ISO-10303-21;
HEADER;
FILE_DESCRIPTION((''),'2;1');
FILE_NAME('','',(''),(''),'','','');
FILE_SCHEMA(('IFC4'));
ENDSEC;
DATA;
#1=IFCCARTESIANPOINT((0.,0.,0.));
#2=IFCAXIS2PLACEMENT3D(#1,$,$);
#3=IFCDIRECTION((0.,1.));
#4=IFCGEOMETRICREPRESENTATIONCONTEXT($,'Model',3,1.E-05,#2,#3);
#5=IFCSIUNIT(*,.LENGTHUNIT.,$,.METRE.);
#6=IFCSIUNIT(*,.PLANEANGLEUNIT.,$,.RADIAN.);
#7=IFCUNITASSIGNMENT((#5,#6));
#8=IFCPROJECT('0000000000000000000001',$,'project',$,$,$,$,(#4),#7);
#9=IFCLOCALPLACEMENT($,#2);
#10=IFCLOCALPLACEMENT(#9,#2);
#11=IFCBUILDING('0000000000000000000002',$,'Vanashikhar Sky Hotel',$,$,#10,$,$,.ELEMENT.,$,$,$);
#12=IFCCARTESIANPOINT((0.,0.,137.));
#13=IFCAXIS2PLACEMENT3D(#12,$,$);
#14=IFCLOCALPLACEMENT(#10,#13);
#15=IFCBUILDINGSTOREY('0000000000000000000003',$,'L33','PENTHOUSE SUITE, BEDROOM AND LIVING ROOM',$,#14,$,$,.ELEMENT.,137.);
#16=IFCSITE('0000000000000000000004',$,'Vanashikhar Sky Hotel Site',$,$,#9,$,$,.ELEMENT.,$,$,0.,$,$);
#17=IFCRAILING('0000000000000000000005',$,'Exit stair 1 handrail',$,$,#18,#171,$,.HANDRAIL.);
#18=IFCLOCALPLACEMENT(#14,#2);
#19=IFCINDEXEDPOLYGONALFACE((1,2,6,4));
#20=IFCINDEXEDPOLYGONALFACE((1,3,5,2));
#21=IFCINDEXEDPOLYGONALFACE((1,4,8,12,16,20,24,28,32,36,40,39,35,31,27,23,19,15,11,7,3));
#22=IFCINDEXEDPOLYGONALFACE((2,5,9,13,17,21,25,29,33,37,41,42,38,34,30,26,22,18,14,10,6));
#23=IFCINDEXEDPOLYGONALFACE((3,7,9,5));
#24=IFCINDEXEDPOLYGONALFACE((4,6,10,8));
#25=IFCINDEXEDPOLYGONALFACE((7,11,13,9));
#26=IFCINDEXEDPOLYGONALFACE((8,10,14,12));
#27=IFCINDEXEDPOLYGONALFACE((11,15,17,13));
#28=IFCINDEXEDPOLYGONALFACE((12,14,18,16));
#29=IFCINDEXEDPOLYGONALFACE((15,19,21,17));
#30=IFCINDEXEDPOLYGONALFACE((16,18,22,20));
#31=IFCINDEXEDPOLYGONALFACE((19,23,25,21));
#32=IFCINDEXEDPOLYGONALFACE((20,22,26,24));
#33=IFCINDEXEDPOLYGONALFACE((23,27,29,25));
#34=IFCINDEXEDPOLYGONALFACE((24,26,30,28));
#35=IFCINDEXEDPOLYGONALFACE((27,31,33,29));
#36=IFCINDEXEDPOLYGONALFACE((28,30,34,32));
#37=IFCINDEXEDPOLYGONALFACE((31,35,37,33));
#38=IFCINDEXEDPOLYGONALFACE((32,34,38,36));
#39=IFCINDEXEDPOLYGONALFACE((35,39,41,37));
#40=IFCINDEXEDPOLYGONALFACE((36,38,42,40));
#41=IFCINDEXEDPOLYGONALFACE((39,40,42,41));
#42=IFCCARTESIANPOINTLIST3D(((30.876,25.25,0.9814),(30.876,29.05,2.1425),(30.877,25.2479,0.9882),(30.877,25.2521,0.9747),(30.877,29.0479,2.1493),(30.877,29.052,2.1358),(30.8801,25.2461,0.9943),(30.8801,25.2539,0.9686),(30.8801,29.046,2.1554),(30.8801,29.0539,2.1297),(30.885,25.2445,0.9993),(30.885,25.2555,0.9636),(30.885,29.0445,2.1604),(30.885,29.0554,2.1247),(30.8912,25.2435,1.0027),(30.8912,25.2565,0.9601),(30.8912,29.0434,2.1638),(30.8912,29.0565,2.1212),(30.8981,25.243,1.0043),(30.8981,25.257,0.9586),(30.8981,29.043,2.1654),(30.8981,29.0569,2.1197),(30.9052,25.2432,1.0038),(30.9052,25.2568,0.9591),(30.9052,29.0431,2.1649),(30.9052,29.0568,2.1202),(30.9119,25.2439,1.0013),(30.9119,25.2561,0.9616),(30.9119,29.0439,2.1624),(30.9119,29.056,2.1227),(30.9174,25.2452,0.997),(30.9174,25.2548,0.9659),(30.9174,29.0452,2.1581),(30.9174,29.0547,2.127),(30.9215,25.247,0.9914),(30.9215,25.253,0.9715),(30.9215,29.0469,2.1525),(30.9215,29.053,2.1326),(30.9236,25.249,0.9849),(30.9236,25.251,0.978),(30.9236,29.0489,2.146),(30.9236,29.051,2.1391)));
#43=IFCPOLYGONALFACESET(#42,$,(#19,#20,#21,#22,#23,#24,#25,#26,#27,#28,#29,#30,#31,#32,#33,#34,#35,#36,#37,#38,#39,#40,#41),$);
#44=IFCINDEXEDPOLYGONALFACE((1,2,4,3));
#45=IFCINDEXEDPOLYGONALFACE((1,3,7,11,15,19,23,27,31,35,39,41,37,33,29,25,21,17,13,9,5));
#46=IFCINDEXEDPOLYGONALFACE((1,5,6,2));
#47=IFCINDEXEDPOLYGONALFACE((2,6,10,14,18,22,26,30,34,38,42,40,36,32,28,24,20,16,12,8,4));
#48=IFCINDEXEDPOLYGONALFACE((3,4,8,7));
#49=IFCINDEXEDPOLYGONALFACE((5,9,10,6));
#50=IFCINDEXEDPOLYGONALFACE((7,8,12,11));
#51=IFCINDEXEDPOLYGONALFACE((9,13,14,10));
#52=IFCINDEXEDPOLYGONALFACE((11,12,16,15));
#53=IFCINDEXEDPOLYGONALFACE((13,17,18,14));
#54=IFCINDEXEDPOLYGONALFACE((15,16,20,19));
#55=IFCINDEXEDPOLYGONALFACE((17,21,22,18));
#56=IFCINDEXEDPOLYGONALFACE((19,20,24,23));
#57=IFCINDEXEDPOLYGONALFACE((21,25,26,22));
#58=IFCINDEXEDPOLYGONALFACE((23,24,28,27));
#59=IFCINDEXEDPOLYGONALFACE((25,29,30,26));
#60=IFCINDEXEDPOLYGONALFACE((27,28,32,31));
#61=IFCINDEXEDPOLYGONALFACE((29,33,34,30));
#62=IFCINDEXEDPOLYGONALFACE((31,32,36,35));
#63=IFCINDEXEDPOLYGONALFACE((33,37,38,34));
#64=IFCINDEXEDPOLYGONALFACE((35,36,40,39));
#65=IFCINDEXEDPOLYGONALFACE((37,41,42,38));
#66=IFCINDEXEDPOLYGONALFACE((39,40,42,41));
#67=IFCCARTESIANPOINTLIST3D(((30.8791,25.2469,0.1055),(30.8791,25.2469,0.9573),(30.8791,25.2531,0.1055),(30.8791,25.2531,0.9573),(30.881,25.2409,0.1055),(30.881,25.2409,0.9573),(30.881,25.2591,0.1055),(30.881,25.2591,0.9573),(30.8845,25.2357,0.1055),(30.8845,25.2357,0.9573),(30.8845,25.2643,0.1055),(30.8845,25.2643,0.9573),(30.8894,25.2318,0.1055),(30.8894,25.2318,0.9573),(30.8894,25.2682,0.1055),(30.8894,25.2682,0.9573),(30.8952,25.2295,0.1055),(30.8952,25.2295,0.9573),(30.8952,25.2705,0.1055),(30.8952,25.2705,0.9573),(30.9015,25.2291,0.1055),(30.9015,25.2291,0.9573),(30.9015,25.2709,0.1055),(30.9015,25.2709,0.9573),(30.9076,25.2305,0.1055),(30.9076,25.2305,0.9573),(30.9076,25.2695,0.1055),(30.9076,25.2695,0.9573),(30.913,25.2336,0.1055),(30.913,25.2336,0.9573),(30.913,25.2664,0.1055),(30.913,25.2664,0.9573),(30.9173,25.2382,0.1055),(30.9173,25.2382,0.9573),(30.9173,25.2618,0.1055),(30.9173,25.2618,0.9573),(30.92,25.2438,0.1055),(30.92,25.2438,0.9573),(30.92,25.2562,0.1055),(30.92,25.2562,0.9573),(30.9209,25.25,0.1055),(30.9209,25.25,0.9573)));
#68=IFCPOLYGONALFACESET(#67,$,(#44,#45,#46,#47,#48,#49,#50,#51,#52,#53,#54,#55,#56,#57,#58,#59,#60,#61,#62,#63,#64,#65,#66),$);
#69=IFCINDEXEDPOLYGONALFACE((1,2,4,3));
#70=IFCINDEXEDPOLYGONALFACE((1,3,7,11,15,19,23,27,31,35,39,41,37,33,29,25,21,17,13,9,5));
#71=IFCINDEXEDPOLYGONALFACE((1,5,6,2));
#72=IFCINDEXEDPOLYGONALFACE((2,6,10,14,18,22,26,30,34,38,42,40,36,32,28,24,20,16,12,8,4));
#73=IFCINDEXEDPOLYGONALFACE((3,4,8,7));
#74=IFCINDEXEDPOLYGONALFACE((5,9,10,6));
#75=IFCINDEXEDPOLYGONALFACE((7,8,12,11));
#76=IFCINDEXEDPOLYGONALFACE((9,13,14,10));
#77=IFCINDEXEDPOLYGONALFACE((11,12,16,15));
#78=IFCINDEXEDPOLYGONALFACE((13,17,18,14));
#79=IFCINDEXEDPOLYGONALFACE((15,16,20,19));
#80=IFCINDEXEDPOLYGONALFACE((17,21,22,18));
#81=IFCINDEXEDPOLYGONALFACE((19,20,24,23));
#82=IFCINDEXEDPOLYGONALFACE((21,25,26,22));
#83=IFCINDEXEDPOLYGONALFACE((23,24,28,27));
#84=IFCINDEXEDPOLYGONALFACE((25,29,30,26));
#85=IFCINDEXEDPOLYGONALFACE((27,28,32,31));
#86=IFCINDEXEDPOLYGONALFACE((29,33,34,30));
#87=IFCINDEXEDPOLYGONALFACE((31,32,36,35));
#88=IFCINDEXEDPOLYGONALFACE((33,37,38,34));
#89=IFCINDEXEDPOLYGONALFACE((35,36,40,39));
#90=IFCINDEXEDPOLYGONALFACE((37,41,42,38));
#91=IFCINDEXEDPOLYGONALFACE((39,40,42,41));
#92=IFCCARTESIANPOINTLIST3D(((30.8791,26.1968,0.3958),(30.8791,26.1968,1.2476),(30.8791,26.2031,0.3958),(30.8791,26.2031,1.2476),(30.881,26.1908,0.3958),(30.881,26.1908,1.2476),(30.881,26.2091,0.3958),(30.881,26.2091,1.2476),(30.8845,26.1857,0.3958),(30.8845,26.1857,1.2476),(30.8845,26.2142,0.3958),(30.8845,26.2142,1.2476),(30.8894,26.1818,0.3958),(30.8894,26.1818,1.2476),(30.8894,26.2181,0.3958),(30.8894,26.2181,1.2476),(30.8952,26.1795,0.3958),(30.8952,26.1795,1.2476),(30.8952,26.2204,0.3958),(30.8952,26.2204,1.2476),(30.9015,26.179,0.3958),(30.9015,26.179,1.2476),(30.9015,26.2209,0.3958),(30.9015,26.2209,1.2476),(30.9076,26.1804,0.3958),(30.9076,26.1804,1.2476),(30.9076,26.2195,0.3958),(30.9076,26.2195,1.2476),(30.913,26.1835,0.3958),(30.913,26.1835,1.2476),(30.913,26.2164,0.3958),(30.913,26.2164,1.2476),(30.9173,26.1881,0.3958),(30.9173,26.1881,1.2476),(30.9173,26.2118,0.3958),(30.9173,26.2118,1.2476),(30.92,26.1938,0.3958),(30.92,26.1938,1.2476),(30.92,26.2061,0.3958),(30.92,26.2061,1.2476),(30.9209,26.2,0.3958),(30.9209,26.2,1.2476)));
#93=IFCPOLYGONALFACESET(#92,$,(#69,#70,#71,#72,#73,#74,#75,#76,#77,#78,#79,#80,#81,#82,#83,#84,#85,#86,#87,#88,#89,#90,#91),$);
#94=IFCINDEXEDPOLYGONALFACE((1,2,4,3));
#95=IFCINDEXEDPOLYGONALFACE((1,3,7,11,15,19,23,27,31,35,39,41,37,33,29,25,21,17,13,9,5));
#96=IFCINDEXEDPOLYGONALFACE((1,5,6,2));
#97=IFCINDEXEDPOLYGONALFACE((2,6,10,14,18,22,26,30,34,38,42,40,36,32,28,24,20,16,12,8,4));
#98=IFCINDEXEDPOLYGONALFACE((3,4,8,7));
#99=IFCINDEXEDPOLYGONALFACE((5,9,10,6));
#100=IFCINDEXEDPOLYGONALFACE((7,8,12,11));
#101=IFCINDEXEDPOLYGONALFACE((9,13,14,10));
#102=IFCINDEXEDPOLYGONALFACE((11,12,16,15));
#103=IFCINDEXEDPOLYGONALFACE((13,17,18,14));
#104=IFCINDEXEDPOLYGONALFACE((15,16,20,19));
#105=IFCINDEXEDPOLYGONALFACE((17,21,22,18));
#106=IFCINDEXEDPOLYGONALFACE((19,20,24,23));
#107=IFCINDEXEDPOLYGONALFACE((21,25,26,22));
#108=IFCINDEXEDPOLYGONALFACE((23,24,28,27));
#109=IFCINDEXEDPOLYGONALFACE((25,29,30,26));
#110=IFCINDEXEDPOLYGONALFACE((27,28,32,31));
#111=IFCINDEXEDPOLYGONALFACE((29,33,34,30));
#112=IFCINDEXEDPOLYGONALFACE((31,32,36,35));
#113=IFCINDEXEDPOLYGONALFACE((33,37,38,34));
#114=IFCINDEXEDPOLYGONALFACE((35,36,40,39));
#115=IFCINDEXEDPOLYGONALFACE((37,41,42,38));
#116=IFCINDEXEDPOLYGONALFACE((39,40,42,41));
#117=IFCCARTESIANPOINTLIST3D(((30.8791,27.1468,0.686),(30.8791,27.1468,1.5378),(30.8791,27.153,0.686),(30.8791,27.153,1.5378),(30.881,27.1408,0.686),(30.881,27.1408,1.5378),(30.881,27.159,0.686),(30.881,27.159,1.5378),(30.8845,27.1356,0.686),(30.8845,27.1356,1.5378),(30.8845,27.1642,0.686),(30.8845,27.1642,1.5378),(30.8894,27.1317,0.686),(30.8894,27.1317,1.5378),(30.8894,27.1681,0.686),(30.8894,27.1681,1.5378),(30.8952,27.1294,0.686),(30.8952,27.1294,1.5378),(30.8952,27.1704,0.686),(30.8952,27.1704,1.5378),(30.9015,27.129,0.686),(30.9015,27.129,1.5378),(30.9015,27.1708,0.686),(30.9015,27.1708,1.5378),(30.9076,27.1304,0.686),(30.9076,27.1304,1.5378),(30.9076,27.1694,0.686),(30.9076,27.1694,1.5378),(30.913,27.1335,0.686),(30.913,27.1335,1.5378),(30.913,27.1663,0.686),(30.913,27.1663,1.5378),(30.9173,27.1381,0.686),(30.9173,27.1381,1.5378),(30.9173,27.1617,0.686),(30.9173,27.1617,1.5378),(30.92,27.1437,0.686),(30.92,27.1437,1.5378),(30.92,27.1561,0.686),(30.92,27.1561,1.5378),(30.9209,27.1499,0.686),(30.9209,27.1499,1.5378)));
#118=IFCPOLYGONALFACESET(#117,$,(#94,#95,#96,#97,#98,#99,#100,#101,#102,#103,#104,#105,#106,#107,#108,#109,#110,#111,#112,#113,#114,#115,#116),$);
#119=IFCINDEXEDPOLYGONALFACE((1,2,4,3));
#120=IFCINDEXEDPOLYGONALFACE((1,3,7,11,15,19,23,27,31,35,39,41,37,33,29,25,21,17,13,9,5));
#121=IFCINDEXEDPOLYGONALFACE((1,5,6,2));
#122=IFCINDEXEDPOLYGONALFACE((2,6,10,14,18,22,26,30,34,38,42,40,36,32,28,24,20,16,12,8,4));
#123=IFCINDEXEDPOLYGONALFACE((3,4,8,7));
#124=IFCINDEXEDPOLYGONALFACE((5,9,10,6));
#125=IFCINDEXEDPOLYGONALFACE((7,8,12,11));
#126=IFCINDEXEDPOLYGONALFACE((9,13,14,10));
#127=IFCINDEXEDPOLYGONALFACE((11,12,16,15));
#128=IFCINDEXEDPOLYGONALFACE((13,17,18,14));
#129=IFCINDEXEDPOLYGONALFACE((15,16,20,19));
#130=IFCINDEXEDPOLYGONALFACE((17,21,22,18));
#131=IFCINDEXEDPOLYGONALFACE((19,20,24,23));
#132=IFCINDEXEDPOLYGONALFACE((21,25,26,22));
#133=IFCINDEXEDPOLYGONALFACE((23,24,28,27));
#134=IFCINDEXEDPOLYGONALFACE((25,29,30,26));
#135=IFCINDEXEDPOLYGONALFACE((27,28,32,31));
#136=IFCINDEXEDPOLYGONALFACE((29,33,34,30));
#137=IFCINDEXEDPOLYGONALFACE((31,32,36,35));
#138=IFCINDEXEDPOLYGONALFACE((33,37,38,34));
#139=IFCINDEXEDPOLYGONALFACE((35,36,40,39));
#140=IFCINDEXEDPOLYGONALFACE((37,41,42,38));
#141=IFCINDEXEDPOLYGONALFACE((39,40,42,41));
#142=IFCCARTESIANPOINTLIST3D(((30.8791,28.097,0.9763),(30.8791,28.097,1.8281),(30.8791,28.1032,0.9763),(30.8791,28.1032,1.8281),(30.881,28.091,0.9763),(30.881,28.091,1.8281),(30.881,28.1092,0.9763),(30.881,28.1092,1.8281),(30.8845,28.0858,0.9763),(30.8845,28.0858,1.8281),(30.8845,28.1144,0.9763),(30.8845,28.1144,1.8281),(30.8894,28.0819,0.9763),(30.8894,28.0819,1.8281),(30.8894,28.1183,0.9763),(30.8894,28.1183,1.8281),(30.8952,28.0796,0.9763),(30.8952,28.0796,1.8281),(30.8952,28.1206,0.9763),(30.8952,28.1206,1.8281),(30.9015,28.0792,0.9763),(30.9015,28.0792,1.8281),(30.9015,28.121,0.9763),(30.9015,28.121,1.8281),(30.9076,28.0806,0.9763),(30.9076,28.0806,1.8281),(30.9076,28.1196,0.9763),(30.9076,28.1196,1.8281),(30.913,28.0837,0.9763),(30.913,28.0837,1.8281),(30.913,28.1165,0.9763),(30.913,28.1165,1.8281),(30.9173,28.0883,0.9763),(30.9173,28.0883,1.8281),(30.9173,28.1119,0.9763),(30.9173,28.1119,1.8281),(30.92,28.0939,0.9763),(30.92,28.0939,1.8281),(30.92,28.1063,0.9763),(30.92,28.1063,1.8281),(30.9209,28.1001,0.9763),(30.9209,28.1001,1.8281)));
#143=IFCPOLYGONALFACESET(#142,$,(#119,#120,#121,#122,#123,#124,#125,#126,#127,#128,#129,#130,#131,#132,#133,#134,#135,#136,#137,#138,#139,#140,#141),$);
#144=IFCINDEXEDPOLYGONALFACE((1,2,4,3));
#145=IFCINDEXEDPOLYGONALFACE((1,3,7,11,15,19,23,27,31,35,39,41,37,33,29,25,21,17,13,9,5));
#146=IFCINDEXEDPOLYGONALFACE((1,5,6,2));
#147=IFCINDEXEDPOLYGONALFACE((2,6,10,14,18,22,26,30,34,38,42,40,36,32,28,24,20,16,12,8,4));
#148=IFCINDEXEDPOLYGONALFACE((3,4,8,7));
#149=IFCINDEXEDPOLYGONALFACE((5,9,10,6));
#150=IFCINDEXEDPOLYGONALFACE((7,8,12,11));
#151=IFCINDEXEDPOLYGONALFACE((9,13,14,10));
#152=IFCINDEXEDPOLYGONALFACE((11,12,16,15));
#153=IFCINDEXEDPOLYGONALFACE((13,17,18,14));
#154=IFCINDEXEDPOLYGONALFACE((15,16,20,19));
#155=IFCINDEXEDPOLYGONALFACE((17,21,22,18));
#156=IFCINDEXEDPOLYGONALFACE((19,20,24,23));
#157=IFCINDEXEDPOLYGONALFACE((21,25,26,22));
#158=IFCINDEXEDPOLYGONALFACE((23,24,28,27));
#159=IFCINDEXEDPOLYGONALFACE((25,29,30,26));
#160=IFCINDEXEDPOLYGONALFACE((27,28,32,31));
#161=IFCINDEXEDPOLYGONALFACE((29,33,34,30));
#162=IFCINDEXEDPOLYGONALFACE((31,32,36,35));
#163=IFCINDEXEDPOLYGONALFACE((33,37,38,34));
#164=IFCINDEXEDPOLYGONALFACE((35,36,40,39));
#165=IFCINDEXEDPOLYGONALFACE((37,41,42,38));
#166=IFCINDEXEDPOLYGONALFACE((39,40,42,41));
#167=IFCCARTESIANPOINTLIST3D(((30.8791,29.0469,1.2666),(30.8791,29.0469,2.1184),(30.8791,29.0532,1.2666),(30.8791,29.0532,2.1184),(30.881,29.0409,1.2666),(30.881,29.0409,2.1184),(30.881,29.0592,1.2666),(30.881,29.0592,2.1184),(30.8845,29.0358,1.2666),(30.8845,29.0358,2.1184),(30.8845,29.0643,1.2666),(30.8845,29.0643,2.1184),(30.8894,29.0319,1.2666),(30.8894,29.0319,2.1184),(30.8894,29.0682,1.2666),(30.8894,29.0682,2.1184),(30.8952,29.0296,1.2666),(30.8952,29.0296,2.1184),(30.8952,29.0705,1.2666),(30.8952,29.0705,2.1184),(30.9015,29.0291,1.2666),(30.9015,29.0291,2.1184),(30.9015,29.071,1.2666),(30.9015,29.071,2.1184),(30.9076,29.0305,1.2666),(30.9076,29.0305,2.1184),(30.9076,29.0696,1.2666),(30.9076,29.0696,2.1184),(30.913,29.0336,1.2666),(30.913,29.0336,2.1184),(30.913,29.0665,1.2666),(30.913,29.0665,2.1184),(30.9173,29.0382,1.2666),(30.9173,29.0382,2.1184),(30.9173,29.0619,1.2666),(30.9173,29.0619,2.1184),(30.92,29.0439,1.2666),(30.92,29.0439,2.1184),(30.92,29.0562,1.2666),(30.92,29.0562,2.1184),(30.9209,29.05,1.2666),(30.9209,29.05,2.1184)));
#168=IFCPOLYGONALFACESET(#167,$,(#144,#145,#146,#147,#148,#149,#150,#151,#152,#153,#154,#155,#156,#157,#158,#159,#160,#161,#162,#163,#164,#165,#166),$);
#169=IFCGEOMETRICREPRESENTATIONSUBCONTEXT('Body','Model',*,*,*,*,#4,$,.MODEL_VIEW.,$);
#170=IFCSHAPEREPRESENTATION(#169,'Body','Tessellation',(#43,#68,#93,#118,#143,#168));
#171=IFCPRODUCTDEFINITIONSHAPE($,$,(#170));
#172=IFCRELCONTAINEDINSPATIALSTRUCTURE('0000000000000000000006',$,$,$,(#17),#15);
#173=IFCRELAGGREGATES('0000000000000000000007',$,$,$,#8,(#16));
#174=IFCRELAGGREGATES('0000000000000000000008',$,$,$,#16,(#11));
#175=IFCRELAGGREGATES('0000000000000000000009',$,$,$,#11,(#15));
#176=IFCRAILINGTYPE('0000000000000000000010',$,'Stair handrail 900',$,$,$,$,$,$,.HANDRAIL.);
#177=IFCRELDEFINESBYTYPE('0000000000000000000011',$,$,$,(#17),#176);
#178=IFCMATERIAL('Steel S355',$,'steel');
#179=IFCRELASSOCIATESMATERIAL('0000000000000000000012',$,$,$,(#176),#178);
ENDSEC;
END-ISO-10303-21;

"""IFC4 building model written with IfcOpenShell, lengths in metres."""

from ifc_helpers import new_model, si_unit, direction, frame, origin, origin_2d, place, context, subcontext, project, spatial, circle, extrude, source, transform, mapped, material, type_object, element, save


model = new_model("IFC4")

# Units and contexts
model_context = context("Model", 3, precision=1e-05, world=origin(), true_north=direction((0.0, 1.0)))
body_context = subcontext(model_context, "Body", "Model", "MODEL_VIEW")
ifc_project = project(units=[si_unit("LENGTHUNIT", "METRE"), si_unit("PLANEANGLEUNIT", "RADIAN")], contexts=[model_context])

# Site, building, storey
site_placement = place(None, origin())
site = spatial("IfcSite", under=ifc_project, at=site_placement, Name="Vanashikhar Sky Hotel Site", CompositionType="ELEMENT", RefElevation=0.0)
building_placement = place(site_placement, origin())
building = spatial("IfcBuilding", under=site, at=building_placement, Name="Vanashikhar Sky Hotel", CompositionType="ELEMENT")
storey_placement = place(building_placement, frame((0.0, 0.0, 137.0)))
storey = spatial("IfcBuildingStorey", under=building, at=storey_placement, Name="L33", Description="PENTHOUSE SUITE, BEDROOM AND LIVING ROOM", CompositionType="ELEMENT", Elevation=137.0)

# Railing
ifc_material_1 = material(Name="Steel S355", Category="steel")
railing_type = type_object("IfcRailingType", Name="Stair handrail 900", PredefinedType="HANDRAIL", material=ifc_material_1)
shared_shape_1 = source(origin(), body_context, "Body", "SweptSolid", [
    extrude(circle(Radius=0.0239, at=origin_2d()), frame((0.0, 0.0, 0.876), z_axis=(0.0, 0.956351, 0.29222), x_axis=(-1.0, 0.0, 0.0)), (0.0, 0.0, 1.0), 3.9734),
    extrude(circle(Radius=0.021, at=origin_2d()), origin(), (0.0, 0.0, 1.0), 0.8518),
    extrude(circle(Radius=0.021, at=origin_2d()), frame((0.0, 0.95, 0.2903)), (0.0, 0.0, 1.0), 0.8518),
    extrude(circle(Radius=0.021, at=origin_2d()), frame((0.0, 1.8999, 0.5806)), (0.0, 0.0, 1.0), 0.8518),
    extrude(circle(Radius=0.021, at=origin_2d()), frame((0.0, 2.8501, 0.8708)), (0.0, 0.0, 1.0), 0.8518),
    extrude(circle(Radius=0.021, at=origin_2d()), frame((0.0, 3.8, 1.1611)), (0.0, 0.0, 1.0), 0.8518),
])
for number, where, name in (
    (1, (30.8999, 25.25, 0.1055), "Exit stair 1 handrail"),
):
    element("IfcRailing", number, at=place(storey_placement, frame(where)), inside=storey, type_object=railing_type, Name=name, PredefinedType="HANDRAIL", context=body_context, shape_type="MappedRepresentation", body=[
        mapped(shared_shape_1, transform((0.0, 0.0, 0.0), scale=1.0)),
    ])

save(model, "model.ifc")
